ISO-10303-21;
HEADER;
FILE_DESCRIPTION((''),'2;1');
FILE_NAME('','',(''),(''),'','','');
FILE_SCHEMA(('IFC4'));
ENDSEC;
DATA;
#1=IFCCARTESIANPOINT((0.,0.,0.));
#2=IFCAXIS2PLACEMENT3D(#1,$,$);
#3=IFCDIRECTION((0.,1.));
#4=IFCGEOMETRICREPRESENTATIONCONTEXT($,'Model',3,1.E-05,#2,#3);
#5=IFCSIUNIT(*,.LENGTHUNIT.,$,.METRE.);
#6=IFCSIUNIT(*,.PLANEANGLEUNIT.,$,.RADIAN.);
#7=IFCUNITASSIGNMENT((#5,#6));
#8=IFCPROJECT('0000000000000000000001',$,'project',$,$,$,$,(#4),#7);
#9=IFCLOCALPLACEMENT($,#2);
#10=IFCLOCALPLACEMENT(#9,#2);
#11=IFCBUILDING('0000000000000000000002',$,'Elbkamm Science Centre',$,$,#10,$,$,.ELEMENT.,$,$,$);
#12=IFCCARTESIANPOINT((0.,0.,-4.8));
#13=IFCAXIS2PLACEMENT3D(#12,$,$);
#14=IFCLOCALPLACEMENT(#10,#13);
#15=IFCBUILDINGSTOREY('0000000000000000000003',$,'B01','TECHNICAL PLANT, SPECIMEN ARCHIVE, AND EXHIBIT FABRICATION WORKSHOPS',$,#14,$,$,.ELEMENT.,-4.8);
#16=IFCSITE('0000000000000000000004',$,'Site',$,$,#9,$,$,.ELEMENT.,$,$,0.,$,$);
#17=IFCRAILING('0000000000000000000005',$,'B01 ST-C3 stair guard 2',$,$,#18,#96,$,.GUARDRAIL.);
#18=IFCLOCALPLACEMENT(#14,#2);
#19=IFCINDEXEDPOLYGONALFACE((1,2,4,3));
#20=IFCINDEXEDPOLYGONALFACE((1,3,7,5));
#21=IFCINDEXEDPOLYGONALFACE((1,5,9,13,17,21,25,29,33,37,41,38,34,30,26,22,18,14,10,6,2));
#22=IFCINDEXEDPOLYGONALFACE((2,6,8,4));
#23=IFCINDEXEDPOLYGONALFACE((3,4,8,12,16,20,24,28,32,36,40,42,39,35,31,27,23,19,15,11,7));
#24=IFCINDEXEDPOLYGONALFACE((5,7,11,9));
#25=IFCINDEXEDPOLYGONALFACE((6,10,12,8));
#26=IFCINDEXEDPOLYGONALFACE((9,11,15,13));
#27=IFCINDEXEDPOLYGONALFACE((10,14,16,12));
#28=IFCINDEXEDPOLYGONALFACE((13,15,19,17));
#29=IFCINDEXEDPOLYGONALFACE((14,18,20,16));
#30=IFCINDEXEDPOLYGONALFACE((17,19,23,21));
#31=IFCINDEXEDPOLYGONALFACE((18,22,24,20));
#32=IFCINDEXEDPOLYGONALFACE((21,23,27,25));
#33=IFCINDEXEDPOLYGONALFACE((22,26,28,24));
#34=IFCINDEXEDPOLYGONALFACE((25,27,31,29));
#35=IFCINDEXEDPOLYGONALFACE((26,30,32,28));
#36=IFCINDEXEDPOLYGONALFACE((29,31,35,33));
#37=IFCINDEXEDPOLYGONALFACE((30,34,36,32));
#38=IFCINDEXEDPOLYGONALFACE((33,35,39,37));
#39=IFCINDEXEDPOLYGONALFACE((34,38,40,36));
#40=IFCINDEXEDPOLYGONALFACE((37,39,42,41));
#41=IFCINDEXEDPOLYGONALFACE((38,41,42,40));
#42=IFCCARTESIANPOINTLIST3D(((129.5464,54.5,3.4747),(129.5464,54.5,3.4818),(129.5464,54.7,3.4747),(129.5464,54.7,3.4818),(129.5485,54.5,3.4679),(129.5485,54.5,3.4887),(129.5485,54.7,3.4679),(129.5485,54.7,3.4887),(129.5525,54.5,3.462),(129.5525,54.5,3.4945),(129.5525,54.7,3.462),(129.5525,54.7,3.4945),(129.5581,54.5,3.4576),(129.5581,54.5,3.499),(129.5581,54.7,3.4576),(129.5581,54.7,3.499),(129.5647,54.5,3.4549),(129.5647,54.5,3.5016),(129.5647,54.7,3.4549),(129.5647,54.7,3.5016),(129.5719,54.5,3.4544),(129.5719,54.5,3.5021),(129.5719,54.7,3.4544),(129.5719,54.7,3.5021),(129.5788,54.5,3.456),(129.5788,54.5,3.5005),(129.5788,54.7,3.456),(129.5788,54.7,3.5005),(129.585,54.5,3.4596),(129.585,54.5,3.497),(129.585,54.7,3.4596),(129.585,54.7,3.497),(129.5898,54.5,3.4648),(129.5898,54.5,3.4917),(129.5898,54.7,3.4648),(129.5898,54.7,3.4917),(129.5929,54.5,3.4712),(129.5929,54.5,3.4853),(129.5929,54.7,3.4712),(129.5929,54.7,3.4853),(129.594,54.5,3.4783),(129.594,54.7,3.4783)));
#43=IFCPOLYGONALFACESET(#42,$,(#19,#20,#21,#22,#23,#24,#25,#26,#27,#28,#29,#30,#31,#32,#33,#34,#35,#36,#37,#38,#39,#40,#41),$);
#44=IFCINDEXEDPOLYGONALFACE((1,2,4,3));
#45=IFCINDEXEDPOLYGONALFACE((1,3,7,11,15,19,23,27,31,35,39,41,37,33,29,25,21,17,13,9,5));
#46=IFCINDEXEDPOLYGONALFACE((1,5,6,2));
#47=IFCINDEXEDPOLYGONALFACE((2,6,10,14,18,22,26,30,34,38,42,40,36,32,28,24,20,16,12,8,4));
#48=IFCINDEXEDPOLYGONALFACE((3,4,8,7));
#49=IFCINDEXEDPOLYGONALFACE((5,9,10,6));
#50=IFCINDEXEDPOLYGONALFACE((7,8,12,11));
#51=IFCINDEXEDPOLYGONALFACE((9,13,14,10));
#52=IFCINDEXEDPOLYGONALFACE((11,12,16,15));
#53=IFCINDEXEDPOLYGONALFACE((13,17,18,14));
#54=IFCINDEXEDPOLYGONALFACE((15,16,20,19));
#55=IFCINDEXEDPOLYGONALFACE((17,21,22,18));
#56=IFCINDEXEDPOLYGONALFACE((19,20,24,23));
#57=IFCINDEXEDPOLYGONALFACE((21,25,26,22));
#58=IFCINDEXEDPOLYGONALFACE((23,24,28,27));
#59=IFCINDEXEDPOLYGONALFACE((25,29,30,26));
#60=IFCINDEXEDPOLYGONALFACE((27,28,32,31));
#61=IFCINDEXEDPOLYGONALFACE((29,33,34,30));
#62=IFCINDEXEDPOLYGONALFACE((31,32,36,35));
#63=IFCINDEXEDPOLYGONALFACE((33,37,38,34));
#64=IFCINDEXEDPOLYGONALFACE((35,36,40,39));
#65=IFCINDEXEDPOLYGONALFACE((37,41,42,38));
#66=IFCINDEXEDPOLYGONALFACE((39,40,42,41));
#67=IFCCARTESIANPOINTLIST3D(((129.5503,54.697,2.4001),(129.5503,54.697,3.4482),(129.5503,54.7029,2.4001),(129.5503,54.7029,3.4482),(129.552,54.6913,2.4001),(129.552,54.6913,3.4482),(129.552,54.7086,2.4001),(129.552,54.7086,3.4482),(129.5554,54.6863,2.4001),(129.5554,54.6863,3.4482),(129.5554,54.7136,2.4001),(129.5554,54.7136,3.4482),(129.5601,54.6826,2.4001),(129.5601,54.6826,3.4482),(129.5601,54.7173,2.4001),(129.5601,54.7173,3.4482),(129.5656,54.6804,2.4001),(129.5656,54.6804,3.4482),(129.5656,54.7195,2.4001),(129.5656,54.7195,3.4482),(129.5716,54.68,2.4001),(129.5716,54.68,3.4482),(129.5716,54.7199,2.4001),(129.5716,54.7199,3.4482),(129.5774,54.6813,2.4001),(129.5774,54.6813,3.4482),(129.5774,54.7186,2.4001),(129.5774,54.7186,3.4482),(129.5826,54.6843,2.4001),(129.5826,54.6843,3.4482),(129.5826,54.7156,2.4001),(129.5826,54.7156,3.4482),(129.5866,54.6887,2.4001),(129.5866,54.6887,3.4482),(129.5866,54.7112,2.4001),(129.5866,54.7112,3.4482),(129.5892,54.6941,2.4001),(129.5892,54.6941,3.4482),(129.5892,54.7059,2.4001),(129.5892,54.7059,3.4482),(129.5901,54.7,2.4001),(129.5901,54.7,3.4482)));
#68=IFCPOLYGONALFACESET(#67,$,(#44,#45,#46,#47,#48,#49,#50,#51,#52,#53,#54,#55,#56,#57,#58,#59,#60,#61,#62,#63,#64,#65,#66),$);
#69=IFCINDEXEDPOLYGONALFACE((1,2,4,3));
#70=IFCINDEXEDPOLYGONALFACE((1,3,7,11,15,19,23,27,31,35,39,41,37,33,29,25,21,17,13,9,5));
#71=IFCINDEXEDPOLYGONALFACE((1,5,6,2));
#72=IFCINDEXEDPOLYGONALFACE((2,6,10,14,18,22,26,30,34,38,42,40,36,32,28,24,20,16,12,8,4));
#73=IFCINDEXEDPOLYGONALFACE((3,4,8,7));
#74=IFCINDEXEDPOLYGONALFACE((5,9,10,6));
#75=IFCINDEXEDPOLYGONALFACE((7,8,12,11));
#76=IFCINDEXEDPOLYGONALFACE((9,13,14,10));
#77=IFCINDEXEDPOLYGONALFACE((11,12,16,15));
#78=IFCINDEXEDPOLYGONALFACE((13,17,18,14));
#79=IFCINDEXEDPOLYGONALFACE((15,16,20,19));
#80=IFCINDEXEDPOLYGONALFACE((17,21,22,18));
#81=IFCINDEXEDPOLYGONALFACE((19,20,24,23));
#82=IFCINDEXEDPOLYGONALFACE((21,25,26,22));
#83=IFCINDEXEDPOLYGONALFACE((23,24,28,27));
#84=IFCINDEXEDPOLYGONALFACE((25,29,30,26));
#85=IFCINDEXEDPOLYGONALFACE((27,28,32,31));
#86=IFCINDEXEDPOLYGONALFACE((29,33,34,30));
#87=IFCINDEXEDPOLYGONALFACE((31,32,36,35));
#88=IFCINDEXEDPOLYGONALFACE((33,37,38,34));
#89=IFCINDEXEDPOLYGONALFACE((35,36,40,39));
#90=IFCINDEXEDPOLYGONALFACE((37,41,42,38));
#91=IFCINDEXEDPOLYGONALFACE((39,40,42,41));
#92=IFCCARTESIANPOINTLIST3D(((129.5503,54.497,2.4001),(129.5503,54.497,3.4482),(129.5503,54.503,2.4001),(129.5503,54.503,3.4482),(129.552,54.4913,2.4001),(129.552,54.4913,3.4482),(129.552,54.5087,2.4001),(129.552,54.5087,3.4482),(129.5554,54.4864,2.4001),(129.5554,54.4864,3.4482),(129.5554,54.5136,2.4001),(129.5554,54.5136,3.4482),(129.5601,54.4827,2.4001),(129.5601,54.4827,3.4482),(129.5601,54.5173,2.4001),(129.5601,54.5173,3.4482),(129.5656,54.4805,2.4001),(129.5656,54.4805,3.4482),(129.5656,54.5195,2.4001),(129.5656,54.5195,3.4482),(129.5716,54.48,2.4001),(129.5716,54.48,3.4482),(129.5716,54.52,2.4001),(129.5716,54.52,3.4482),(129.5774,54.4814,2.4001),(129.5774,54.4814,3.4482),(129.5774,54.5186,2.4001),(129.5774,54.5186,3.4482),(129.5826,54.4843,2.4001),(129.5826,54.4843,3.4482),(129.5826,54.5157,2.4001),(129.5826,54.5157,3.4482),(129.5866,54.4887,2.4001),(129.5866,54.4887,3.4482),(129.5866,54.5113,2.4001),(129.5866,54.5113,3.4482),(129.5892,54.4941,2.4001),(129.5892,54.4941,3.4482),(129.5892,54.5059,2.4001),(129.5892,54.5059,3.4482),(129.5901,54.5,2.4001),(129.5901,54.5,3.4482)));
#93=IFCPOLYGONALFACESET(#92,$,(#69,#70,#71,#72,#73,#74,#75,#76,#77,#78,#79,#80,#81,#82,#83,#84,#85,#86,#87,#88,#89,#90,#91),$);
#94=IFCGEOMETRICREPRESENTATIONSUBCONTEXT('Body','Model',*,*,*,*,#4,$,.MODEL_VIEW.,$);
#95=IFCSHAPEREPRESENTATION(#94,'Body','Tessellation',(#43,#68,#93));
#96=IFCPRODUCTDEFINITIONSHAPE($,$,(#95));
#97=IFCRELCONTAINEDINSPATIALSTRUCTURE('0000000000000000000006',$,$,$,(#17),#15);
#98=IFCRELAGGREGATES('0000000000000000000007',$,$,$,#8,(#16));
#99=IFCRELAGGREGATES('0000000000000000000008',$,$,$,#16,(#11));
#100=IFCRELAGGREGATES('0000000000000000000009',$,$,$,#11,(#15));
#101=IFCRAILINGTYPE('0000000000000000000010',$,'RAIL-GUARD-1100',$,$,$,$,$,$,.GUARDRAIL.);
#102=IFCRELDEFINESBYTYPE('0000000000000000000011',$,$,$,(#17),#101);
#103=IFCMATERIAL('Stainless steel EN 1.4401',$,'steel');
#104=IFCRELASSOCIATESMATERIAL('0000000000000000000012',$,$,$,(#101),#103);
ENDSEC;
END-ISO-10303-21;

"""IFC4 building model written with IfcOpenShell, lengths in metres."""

from ifc_helpers import new_model, si_unit, direction, frame, origin, origin_2d, place, context, subcontext, project, spatial, circle, extrude, material, type_object, element, save


model = new_model("IFC4")

# Units and contexts
model_context = context("Model", 3, precision=1e-05, world=origin(), true_north=direction((0.0, 1.0)))
body_context = subcontext(model_context, "Body", "Model", "MODEL_VIEW")
ifc_project = project(units=[si_unit("LENGTHUNIT", "METRE"), si_unit("PLANEANGLEUNIT", "RADIAN")], contexts=[model_context])

# Site, building, storey
site_placement = place(None, origin())
site = spatial("IfcSite", under=ifc_project, at=site_placement, Name="Site", CompositionType="ELEMENT", RefElevation=0.0)
building_placement = place(site_placement, origin())
building = spatial("IfcBuilding", under=site, at=building_placement, Name="Elbkamm Science Centre", CompositionType="ELEMENT")
storey_placement = place(building_placement, frame((0.0, 0.0, -4.8)))
storey = spatial("IfcBuildingStorey", under=building, at=storey_placement, Name="B01", Description="TECHNICAL PLANT, SPECIMEN ARCHIVE, AND EXHIBIT FABRICATION WORKSHOPS", CompositionType="ELEMENT", Elevation=-4.8)

# Railing
ifc_material_1 = material(Name="Stainless steel EN 1.4401", Category="steel")
railing_type_1 = type_object("IfcRailingType", Name="RAIL-GUARD-1100", PredefinedType="GUARDRAIL", material=ifc_material_1)
railing_1_placement = place(storey_placement, frame((129.5701, 54.7, 2.4001)))
element("IfcRailing", 1, at=railing_1_placement, inside=storey, type_object=railing_type_1, Name="B01 ST-C3 stair guard 2", PredefinedType="GUARDRAIL", context=body_context, shape_type="SweptSolid", body=[
    extrude(circle(Radius=0.0239, at=origin_2d()), frame((0.0, 0.0, 1.0781), z_axis=(0.0, -1.0, 0.0), x_axis=(1.0, 0.0, 0.0)), (0.0, 0.0, 1.0), 0.2),
    extrude(circle(Radius=0.02, at=origin_2d()), origin(), (0.0, 0.0, 1.0), 1.0481),
    extrude(circle(Radius=0.02, at=origin_2d()), frame((0.0, -0.2, 0.0)), (0.0, 0.0, 1.0), 1.0481),
])

save(model, "model.ifc")
